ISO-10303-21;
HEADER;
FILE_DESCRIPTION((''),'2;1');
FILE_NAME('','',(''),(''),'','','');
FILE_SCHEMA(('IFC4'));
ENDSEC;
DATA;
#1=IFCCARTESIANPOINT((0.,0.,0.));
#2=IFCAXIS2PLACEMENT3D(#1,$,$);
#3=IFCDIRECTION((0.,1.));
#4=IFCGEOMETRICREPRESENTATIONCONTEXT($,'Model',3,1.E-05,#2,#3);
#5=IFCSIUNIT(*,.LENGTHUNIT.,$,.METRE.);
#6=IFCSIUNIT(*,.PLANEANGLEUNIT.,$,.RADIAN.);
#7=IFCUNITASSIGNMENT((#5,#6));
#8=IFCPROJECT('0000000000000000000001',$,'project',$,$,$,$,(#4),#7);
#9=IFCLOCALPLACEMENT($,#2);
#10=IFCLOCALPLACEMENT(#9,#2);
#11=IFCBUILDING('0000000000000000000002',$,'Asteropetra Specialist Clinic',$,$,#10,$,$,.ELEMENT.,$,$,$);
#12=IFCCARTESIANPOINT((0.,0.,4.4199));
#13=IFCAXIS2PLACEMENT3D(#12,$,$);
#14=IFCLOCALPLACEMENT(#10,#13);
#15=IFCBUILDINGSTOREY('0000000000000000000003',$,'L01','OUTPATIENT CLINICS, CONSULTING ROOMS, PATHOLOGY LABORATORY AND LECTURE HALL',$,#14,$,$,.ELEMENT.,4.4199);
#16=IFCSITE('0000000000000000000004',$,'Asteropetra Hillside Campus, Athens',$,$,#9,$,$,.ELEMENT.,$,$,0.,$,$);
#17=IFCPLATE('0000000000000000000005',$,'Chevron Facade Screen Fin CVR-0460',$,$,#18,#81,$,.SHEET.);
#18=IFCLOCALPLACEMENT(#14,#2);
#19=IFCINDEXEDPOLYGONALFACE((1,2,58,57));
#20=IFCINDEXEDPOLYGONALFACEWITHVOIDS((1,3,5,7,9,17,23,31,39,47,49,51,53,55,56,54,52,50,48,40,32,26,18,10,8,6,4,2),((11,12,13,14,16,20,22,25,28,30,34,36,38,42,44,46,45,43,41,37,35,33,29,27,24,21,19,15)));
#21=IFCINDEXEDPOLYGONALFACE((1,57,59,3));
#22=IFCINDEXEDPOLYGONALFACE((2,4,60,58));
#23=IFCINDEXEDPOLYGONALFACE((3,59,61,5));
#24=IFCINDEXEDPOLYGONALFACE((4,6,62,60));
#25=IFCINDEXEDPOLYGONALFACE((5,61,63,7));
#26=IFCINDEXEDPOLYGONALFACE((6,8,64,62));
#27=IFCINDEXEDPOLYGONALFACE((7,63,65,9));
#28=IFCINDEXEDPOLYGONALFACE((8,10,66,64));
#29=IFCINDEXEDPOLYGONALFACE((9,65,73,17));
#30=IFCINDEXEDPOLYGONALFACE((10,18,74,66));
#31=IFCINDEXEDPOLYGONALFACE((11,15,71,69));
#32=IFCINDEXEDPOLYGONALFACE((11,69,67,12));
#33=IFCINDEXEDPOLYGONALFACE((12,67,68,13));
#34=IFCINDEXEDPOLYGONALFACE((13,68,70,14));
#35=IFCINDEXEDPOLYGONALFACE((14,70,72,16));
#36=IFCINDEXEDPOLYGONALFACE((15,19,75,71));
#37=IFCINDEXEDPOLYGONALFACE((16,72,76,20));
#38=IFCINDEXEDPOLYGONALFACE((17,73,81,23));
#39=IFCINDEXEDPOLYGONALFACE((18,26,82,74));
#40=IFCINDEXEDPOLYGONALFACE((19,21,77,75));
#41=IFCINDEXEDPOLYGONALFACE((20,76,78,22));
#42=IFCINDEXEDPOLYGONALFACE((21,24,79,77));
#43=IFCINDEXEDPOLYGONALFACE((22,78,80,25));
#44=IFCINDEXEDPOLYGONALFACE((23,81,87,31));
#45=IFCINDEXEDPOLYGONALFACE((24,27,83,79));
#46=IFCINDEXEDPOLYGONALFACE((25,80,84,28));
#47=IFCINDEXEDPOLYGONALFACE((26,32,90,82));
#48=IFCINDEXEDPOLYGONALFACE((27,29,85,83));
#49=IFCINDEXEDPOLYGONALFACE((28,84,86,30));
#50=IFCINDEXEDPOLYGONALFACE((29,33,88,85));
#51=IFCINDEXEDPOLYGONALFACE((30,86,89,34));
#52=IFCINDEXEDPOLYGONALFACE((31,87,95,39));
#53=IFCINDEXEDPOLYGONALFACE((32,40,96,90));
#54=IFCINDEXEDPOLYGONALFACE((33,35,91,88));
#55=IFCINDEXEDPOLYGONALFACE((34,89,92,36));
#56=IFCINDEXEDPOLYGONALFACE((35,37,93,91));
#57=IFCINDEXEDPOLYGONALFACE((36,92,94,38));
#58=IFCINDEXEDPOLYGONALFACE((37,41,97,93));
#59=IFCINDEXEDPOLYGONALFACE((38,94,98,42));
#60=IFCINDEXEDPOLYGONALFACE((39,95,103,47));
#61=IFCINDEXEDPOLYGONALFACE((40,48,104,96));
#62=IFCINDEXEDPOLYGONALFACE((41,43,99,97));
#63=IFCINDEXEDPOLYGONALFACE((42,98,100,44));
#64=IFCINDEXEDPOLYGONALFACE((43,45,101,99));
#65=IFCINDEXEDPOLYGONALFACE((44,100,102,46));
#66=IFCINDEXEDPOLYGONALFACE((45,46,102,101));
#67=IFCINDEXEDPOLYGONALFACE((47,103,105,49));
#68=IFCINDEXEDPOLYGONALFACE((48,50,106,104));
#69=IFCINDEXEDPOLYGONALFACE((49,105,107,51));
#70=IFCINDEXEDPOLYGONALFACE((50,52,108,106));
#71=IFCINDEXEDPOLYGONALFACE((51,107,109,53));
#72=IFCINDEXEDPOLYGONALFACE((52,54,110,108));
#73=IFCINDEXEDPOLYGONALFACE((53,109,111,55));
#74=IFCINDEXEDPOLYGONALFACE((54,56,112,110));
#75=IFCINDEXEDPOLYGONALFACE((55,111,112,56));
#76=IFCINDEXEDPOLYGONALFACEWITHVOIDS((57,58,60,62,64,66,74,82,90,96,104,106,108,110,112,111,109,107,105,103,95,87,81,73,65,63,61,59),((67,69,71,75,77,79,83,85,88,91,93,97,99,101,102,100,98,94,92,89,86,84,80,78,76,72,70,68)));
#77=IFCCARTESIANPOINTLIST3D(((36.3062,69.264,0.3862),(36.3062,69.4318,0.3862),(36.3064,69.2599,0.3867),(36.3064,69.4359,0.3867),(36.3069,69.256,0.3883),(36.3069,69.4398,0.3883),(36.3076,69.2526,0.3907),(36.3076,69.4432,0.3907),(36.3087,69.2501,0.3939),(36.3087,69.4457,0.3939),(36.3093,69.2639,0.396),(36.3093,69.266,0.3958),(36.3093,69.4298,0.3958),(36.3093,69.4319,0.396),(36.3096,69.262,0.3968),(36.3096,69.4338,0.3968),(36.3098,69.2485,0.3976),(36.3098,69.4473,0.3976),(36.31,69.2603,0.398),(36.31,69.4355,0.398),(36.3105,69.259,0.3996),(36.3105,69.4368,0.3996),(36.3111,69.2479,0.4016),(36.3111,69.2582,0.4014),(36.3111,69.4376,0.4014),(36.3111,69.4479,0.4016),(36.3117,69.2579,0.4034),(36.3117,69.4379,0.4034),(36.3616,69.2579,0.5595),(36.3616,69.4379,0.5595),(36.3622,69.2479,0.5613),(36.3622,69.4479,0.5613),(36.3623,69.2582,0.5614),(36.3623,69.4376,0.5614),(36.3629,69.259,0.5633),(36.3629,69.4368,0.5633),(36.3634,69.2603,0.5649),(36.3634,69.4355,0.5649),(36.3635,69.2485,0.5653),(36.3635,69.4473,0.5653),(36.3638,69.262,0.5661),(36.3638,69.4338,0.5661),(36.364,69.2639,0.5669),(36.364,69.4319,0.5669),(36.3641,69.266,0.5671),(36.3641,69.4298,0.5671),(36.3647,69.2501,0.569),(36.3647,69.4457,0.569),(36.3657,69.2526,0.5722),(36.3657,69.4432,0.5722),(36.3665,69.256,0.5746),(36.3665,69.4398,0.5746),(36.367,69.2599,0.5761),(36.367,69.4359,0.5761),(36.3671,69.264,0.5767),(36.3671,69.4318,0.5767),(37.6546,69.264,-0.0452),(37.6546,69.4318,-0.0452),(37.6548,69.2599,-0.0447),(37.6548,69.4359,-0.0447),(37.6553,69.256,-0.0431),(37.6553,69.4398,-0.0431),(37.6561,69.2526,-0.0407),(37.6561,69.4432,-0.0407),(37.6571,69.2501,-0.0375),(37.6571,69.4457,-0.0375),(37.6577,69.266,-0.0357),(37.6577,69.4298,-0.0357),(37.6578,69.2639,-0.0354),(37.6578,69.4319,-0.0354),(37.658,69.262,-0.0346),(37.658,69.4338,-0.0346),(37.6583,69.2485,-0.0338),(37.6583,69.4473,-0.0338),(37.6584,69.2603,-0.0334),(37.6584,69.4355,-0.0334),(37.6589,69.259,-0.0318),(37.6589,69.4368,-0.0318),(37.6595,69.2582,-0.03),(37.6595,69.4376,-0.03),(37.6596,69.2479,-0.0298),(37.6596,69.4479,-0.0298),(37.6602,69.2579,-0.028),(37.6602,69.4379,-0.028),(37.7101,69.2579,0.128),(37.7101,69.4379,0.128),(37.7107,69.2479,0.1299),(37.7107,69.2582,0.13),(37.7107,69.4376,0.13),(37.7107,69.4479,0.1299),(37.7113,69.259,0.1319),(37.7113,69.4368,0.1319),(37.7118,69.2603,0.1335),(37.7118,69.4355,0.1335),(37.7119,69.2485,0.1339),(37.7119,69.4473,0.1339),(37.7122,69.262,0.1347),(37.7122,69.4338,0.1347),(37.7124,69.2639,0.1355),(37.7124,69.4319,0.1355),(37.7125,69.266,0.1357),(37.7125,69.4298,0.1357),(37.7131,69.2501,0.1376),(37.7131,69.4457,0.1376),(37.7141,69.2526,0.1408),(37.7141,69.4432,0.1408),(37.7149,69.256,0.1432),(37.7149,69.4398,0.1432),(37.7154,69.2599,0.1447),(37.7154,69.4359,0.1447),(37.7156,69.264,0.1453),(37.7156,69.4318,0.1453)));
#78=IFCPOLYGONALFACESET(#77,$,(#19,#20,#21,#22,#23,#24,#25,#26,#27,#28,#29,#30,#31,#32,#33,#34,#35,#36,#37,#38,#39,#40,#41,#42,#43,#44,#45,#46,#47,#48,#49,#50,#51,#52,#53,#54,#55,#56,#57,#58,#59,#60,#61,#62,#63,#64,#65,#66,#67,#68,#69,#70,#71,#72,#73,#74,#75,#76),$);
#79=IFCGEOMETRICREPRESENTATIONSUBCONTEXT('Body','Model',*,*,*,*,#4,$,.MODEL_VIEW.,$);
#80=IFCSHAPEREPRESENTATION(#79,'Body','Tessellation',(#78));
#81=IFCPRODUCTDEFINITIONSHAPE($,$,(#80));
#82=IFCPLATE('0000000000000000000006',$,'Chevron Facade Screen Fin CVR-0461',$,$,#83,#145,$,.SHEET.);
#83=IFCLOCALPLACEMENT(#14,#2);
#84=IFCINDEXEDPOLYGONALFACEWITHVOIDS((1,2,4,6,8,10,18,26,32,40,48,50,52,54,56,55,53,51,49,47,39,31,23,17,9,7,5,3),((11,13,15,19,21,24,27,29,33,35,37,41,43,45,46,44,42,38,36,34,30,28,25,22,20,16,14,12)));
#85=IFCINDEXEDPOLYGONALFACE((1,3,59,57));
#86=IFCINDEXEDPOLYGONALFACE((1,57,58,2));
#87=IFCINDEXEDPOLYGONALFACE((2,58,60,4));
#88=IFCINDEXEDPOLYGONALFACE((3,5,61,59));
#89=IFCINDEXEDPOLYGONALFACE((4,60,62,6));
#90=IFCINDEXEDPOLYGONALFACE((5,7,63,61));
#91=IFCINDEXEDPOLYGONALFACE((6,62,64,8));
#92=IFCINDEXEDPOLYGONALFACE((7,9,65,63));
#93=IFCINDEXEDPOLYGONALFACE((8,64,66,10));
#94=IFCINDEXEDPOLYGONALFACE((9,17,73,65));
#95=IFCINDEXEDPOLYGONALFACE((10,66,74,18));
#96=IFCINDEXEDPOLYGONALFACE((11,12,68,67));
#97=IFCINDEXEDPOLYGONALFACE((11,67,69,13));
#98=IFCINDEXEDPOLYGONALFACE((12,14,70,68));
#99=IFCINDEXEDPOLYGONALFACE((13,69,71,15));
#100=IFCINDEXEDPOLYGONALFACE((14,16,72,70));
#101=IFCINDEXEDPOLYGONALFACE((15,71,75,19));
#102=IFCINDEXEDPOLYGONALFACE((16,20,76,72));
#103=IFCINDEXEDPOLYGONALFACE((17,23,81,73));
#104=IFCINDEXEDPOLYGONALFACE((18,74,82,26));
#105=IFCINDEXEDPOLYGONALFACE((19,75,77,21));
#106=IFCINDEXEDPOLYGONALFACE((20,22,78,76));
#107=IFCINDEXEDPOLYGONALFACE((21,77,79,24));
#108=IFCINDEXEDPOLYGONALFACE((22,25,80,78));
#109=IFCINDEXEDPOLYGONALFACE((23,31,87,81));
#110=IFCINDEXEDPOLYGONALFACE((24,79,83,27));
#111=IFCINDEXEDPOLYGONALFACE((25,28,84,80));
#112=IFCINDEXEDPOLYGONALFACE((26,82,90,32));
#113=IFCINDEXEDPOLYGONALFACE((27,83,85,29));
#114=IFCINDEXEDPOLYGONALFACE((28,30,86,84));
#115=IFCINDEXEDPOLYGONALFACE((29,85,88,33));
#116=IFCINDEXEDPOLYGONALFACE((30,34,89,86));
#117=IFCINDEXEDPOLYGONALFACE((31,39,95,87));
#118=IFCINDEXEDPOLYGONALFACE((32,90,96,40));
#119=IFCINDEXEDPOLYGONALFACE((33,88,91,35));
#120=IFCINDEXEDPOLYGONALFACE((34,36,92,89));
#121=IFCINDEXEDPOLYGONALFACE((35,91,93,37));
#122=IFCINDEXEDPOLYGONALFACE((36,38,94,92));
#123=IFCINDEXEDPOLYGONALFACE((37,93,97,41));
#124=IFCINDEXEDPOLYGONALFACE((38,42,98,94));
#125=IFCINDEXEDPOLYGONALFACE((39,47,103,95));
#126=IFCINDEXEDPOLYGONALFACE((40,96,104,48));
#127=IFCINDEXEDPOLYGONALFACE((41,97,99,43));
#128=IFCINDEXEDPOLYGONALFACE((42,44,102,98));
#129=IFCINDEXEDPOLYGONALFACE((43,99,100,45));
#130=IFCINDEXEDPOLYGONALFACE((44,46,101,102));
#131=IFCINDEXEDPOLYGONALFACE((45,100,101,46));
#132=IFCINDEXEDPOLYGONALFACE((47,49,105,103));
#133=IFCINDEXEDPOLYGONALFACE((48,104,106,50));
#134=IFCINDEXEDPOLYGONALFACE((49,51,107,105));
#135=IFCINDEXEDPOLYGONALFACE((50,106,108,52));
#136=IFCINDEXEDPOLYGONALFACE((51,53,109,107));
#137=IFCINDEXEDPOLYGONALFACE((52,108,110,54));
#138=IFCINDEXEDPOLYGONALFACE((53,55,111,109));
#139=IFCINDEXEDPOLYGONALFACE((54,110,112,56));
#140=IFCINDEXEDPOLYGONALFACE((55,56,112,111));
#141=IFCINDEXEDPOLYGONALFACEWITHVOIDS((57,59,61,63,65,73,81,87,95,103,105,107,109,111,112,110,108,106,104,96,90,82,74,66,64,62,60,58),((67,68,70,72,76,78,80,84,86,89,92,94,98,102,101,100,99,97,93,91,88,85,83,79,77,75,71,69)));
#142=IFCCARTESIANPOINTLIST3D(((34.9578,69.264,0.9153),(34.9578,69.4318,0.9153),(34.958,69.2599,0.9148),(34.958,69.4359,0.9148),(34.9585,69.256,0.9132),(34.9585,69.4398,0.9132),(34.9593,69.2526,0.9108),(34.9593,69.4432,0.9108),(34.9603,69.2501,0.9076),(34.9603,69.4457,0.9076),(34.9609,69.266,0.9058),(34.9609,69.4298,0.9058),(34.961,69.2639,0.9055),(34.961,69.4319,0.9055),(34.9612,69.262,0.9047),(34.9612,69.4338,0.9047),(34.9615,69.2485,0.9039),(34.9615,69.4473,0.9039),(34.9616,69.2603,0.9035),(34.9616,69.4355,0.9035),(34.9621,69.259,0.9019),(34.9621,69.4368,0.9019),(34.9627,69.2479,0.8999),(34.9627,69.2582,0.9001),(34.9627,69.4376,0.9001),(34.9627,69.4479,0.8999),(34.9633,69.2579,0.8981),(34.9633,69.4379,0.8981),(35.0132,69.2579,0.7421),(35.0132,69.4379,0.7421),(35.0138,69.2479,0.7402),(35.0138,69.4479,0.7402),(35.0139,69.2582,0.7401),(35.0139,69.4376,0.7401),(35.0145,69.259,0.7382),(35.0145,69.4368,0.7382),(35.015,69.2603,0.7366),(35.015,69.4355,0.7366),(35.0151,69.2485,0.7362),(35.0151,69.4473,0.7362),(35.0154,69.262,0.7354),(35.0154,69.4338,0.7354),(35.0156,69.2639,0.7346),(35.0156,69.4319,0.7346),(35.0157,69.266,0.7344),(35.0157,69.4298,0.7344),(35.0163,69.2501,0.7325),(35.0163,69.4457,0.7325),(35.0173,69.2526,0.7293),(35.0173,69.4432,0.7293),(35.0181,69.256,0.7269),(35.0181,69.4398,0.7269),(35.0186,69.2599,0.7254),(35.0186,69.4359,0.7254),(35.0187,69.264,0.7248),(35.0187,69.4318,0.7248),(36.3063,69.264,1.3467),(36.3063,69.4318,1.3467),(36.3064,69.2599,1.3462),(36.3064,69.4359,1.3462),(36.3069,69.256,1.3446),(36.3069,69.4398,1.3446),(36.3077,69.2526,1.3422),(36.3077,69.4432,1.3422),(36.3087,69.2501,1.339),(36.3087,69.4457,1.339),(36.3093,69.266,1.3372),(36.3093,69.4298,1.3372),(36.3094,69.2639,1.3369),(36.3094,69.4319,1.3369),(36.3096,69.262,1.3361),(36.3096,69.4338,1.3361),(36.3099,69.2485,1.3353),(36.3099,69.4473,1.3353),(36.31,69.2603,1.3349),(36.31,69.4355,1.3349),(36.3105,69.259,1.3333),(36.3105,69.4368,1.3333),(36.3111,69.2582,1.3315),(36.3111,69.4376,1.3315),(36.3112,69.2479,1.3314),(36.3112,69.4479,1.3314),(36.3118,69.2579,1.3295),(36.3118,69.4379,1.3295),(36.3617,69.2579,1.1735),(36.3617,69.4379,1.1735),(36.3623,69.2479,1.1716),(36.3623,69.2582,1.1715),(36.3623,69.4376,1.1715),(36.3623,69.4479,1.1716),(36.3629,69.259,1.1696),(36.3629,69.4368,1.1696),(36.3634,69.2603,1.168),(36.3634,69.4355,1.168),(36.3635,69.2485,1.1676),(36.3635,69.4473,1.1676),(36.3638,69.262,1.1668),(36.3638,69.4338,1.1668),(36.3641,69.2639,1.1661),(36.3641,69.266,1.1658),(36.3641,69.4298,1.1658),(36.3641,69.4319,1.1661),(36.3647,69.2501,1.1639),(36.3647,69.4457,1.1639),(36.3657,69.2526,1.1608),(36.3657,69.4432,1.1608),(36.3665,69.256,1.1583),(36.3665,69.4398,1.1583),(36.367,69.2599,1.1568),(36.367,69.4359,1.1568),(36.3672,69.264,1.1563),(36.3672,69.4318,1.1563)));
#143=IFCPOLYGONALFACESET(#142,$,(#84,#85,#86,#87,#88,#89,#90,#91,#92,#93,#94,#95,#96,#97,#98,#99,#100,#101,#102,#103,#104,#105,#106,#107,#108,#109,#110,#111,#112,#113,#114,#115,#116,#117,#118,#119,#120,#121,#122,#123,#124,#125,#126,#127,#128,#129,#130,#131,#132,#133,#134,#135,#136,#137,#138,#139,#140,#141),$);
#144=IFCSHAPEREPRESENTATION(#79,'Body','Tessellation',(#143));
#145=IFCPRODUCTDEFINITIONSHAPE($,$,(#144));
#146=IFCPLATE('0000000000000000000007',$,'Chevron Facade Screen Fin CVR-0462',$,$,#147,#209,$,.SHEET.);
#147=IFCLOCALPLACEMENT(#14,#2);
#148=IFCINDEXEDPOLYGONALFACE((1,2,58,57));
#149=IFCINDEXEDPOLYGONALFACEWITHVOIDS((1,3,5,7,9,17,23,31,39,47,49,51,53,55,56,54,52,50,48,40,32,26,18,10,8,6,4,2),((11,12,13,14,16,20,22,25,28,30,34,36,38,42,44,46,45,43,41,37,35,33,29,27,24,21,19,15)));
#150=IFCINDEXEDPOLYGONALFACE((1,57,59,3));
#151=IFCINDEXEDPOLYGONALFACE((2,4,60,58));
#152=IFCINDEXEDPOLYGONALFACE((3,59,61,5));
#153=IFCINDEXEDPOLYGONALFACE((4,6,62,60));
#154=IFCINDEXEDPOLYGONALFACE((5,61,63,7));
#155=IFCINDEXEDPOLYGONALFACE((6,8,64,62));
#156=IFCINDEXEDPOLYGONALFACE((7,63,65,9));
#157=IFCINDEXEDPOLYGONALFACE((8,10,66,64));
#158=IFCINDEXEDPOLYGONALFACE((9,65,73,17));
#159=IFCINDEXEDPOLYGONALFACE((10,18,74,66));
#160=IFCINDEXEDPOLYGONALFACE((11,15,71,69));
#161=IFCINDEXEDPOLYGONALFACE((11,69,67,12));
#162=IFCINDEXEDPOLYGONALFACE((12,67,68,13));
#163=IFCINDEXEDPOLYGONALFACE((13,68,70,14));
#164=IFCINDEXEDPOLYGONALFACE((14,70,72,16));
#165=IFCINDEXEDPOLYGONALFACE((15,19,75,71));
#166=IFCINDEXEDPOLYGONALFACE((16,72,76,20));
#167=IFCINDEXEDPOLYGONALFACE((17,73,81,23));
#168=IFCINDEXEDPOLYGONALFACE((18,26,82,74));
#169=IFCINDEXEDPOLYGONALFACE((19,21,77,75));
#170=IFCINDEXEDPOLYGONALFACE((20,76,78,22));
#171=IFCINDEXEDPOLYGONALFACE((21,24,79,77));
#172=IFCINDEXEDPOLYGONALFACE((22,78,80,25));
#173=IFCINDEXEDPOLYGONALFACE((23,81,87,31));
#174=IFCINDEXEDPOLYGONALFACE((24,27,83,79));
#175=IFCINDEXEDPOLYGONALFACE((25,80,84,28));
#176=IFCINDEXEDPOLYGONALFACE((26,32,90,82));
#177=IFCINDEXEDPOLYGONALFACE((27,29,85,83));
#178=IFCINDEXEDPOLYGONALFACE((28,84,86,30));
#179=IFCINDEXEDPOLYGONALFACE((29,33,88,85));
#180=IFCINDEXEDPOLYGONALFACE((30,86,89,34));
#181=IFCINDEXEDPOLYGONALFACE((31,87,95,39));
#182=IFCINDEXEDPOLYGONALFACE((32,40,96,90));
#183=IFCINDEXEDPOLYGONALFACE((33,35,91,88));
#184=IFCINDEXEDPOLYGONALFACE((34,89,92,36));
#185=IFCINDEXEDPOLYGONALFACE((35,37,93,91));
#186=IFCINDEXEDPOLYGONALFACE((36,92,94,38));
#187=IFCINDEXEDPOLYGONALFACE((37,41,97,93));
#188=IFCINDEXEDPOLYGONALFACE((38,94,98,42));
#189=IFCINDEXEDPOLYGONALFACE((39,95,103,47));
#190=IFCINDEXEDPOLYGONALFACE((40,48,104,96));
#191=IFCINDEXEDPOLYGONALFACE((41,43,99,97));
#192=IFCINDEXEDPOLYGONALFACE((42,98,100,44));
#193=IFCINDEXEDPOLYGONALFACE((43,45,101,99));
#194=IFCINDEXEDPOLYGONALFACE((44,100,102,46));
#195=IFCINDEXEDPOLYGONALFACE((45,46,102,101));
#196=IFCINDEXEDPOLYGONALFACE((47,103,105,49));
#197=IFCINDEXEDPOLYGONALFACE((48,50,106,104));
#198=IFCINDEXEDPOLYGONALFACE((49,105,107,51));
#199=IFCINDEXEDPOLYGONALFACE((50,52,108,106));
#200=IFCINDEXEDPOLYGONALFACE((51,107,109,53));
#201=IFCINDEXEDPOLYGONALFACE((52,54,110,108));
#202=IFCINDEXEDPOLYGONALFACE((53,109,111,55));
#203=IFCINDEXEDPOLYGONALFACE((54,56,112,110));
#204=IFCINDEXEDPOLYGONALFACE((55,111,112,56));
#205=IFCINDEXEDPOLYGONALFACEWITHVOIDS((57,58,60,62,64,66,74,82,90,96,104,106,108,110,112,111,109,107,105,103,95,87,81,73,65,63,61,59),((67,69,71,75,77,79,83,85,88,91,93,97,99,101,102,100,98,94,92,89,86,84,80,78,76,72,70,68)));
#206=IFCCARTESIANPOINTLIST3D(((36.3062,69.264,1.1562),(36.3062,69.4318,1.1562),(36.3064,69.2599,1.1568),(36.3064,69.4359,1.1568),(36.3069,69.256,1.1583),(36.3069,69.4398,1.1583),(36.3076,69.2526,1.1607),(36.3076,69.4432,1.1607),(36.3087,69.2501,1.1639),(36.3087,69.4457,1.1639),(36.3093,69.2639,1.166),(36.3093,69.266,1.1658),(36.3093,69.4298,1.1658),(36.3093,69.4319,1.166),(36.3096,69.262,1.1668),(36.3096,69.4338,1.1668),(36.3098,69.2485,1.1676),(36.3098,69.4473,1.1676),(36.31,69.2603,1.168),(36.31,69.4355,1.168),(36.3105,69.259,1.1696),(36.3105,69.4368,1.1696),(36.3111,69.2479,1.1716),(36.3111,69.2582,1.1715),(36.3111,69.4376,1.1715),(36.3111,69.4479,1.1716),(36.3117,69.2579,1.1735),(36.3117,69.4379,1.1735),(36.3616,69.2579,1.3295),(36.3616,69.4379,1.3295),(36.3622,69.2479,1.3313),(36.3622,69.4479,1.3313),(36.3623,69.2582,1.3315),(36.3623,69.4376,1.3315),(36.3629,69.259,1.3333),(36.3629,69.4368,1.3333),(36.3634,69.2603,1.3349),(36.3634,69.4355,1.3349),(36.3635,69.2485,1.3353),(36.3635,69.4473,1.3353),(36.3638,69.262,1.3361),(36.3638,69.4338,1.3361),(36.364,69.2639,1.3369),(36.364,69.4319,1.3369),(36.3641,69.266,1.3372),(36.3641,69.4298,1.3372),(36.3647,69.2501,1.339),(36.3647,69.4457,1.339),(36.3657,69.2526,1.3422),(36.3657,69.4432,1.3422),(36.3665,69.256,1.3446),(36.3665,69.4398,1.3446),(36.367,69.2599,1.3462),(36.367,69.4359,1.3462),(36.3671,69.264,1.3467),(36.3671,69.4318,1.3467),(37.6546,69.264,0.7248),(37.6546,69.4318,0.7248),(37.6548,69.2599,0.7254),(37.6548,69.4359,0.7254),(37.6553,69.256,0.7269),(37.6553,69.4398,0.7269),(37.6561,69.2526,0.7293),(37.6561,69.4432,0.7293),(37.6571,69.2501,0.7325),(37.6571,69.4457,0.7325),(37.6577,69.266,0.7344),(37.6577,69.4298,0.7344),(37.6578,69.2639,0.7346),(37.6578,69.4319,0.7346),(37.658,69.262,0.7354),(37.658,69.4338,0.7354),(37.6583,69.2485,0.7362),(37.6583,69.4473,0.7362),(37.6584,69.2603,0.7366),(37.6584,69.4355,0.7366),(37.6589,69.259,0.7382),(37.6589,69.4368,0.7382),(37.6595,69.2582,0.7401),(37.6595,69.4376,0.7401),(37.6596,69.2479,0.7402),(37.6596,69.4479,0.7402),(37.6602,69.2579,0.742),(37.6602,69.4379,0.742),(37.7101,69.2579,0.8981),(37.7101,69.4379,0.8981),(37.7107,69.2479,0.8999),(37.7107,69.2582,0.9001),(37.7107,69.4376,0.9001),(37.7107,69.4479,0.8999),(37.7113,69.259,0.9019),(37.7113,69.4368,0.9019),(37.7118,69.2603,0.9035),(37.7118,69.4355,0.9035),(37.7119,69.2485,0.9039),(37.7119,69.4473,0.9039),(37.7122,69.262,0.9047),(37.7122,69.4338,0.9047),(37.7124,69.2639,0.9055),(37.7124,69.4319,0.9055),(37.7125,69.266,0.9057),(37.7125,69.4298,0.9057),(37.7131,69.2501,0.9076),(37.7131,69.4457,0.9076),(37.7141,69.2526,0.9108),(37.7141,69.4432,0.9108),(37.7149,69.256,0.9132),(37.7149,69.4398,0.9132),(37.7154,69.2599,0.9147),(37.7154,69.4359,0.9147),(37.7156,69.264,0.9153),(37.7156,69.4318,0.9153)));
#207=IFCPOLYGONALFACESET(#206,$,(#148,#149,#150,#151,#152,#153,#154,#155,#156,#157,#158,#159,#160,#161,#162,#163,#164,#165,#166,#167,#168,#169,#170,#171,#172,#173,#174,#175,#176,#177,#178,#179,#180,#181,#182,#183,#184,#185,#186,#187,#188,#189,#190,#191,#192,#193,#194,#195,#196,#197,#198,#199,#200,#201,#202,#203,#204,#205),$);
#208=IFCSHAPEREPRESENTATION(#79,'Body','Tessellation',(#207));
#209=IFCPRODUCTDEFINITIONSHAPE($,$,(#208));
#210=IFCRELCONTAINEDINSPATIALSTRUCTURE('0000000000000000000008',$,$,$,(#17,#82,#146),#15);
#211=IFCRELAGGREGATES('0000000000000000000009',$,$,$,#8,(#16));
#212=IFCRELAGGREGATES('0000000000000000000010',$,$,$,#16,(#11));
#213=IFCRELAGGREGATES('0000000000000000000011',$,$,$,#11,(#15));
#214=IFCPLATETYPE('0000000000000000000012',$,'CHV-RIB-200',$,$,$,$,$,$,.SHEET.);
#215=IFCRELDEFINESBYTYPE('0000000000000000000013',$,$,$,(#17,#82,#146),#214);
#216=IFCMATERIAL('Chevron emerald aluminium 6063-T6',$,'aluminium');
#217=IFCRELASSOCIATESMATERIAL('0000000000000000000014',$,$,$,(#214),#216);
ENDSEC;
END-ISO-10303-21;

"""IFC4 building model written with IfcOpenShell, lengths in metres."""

from ifc_helpers import new_model, si_unit, direction, frame, origin, origin_2d, place, context, subcontext, project, spatial, hollow_rectangle, extrude, material, material_profile, profile_set, type_object, element, save


model = new_model("IFC4")

# Units and contexts
model_context = context("Model", 3, precision=1e-05, world=origin(), true_north=direction((0.0, 1.0)))
body_context = subcontext(model_context, "Body", "Model", "MODEL_VIEW")
ifc_project = project(units=[si_unit("LENGTHUNIT", "METRE"), si_unit("PLANEANGLEUNIT", "RADIAN")], contexts=[model_context])

# Site, building, storey
site_placement = place(None, origin())
site = spatial("IfcSite", under=ifc_project, at=site_placement, Name="Asteropetra Hillside Campus, Athens", CompositionType="ELEMENT", RefElevation=0.0)
building_placement = place(site_placement, origin())
building = spatial("IfcBuilding", under=site, at=building_placement, Name="Asteropetra Specialist Clinic", CompositionType="ELEMENT")
storey_placement = place(building_placement, frame((0.0, 0.0, 4.4199)))
storey = spatial("IfcBuildingStorey", under=building, at=storey_placement, Name="L01", Description="OUTPATIENT CLINICS, CONSULTING ROOMS, PATHOLOGY LABORATORY AND LECTURE HALL", CompositionType="ELEMENT", Elevation=4.4199)

# Plates
ifc_material_1 = material(Name="Chevron emerald aluminium 6063-T6", Category="aluminium")
ifc_material_profile = material_profile(ifc_material_1, hollow_rectangle(XDim=0.2, YDim=0.2, WallThickness=0.01, InnerFilletRadius=0.0081, OuterFilletRadius=0.0161, at=origin_2d()), Name="SHS 200x200x10.0")
ifc_profile_set = profile_set([ifc_material_profile], Name="Chevron emerald aluminium 6063-T6")
plate_type = type_object("IfcPlateType", Name="CHV-RIB-200", PredefinedType="SHEET", material=ifc_profile_set)
for number, where, z_axis, x_axis, name in (
    (1, (36.3367, 69.3479, 0.4814), (0.952442, 0.0, -0.304719), (0.0, 1.0, 0.0), "Chevron Facade Screen Fin CVR-0460"),
    (2, (34.9883, 69.3479, 0.8201), (0.952442, 0.0, 0.304719), (0.0, 1.0, 0.0), "Chevron Facade Screen Fin CVR-0461"),
    (3, (36.3367, 69.3479, 1.2515), (0.952442, 0.0, -0.304719), (0.0, 1.0, 0.0), "Chevron Facade Screen Fin CVR-0462"),
):
    element("IfcPlate", number, at=place(storey_placement, frame(where, z_axis=z_axis, x_axis=x_axis)), inside=storey, type_object=plate_type, Name=name, PredefinedType="SHEET", context=body_context, shape_type="SweptSolid", body=[
        extrude(hollow_rectangle(XDim=0.2, YDim=0.2, WallThickness=0.01, InnerFilletRadius=0.0081, OuterFilletRadius=0.0161, at=origin_2d()), origin(), (0.0, 0.0, 1.0), 1.4158),
    ])

save(model, "model.ifc")
